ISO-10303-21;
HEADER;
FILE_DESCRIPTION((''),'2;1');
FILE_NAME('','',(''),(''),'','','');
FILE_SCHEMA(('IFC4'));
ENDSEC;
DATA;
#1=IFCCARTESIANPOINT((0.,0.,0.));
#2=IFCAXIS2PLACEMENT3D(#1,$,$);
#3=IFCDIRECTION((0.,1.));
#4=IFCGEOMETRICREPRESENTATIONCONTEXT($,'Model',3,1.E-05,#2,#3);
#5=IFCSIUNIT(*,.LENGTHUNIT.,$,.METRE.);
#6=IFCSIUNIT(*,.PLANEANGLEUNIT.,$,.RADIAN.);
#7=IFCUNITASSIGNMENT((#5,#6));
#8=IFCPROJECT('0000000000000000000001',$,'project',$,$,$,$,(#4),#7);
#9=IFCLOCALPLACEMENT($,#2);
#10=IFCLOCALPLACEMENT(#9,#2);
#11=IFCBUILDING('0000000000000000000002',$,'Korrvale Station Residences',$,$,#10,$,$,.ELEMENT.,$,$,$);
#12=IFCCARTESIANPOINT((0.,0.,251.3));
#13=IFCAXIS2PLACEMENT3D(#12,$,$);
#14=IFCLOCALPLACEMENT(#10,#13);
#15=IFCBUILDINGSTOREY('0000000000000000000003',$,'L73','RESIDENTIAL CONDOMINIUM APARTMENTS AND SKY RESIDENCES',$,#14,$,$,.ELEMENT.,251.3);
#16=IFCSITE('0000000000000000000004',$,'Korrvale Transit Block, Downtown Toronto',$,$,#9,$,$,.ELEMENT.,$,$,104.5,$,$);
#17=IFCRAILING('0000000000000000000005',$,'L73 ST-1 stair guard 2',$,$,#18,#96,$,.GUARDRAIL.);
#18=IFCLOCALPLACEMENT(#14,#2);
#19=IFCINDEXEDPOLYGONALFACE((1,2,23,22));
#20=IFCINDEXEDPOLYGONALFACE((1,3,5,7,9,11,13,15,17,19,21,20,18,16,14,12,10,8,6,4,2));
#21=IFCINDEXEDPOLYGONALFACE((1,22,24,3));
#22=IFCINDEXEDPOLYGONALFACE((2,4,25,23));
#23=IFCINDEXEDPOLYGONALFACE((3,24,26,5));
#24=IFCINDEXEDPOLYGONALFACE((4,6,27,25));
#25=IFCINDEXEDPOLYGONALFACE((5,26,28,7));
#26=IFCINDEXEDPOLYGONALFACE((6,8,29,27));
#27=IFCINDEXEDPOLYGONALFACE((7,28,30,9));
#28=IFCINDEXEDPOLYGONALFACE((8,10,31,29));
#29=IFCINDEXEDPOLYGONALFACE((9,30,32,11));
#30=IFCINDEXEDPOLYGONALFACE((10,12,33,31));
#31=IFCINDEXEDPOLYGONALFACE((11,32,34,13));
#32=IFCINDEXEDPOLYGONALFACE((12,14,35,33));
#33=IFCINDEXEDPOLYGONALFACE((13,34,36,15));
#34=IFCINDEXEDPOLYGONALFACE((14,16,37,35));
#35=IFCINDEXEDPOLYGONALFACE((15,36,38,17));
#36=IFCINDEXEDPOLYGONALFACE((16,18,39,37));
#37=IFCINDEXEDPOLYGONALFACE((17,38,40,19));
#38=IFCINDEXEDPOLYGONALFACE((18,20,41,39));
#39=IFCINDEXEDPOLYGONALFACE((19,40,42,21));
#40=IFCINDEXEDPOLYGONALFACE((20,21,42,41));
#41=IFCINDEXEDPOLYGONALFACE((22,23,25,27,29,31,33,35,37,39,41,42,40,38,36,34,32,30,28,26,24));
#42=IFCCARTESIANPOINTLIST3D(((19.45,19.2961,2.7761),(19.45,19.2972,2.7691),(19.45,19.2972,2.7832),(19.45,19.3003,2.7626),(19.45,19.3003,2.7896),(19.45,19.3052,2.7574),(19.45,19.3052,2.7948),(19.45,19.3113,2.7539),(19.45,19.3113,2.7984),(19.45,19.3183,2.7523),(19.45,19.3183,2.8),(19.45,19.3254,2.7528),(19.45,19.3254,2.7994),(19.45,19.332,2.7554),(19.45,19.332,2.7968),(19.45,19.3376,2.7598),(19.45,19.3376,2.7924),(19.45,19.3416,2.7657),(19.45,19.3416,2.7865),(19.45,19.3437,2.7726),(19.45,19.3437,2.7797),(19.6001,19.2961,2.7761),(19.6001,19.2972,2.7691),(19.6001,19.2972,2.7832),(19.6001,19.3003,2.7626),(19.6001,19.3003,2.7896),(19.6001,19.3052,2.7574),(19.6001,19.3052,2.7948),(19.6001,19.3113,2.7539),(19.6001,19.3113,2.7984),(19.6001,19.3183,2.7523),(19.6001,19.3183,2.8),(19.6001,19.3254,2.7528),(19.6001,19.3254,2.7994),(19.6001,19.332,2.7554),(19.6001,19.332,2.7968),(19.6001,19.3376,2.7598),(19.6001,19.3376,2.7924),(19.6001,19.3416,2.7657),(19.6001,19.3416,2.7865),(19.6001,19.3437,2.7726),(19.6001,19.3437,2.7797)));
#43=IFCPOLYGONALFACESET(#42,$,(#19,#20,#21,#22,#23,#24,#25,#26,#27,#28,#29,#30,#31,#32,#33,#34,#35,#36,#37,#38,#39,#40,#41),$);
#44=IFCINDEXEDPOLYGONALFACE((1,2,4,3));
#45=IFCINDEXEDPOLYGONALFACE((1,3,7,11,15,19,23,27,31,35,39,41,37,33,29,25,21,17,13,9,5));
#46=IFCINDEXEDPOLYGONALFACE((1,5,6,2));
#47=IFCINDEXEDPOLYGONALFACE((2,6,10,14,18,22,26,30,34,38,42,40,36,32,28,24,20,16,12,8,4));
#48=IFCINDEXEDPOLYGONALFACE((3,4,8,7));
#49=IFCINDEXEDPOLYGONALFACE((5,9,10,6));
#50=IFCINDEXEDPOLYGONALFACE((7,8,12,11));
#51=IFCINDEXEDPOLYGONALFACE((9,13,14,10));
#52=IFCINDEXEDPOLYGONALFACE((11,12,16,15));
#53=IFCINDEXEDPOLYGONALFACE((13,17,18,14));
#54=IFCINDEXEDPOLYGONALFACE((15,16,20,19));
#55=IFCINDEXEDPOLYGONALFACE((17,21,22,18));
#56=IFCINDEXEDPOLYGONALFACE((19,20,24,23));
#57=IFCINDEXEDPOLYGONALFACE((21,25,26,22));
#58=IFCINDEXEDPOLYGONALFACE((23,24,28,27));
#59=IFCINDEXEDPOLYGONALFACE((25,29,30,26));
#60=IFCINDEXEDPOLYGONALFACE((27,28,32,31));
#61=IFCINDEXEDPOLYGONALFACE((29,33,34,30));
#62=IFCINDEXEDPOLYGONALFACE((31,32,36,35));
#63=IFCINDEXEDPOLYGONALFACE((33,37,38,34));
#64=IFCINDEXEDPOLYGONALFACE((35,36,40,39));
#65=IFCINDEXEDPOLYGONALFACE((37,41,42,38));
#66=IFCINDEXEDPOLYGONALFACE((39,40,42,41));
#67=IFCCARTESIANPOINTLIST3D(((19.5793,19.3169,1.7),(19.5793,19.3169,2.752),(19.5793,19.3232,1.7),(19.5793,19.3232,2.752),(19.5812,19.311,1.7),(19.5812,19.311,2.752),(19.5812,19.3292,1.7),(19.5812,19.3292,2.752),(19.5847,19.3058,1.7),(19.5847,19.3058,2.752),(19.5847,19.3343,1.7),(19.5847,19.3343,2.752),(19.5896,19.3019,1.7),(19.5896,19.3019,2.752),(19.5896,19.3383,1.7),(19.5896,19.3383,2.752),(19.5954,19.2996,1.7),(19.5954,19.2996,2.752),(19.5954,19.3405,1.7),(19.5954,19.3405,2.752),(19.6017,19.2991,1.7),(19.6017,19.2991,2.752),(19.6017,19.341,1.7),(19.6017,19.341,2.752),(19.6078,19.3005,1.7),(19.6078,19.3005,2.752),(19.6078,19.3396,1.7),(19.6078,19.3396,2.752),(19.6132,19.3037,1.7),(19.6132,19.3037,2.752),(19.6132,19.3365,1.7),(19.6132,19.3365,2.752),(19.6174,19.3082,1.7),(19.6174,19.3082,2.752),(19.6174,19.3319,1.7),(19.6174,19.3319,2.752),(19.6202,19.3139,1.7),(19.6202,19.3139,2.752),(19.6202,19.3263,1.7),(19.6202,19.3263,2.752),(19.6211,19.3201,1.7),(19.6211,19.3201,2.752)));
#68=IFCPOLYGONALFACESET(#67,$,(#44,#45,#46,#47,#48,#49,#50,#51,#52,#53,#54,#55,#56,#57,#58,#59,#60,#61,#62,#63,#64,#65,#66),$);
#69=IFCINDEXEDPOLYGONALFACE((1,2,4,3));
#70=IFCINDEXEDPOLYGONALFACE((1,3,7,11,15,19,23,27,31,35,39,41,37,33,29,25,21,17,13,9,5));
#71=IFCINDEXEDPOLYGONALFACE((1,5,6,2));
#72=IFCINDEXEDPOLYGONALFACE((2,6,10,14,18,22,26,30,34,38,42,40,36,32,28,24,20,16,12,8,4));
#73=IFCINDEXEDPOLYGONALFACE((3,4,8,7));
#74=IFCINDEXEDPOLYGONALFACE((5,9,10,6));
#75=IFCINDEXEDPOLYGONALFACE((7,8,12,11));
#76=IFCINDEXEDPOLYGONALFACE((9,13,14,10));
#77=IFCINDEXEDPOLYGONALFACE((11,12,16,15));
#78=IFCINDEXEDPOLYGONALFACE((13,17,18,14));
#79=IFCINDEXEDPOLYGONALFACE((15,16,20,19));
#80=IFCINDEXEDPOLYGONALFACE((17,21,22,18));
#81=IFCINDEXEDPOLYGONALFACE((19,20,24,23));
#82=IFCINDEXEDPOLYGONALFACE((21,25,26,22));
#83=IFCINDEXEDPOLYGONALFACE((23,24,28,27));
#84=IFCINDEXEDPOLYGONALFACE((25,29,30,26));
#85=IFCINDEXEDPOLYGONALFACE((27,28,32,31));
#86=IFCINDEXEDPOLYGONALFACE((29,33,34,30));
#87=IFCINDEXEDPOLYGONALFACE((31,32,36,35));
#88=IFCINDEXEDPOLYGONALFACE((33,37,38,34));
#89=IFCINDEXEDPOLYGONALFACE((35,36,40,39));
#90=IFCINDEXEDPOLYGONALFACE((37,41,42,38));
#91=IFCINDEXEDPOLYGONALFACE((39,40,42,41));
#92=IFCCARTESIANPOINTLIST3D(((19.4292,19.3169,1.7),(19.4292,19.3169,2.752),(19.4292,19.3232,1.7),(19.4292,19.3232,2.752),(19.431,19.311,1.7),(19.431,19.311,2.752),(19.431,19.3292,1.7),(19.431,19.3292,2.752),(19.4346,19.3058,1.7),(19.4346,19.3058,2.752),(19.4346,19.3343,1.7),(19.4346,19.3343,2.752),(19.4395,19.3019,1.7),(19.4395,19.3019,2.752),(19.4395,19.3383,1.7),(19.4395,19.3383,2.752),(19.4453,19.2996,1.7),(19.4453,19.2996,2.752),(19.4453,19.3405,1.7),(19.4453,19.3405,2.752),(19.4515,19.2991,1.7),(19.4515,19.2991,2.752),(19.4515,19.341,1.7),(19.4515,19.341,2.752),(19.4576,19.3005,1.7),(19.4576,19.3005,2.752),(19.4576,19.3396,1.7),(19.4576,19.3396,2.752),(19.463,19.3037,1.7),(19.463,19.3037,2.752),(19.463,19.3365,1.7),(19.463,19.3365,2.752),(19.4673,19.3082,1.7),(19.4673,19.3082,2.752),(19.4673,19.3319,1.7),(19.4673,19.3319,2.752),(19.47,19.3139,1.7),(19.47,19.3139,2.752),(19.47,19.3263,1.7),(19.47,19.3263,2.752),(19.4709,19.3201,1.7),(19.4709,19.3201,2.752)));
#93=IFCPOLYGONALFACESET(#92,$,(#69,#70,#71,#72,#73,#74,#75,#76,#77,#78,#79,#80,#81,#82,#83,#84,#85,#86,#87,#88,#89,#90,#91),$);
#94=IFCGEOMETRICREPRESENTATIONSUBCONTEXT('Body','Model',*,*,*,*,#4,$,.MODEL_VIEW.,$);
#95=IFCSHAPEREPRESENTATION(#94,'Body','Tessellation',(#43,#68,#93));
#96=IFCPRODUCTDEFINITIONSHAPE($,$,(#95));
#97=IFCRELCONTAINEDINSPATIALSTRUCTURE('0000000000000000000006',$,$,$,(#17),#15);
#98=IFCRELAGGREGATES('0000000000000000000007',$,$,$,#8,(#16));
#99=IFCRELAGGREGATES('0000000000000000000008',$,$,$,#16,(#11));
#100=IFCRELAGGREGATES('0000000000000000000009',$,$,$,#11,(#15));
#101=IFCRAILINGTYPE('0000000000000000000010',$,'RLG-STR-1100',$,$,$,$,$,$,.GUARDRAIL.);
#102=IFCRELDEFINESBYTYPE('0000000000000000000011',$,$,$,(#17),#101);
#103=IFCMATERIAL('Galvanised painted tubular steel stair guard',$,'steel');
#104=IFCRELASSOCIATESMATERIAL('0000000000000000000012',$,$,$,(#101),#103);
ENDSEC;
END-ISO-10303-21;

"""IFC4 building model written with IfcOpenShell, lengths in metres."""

from ifc_helpers import new_model, si_unit, direction, frame, origin, origin_2d, place, context, subcontext, project, spatial, circle, extrude, material, type_object, element, save


model = new_model("IFC4")

# Units and contexts
model_context = context("Model", 3, precision=1e-05, world=origin(), true_north=direction((0.0, 1.0)))
body_context = subcontext(model_context, "Body", "Model", "MODEL_VIEW")
ifc_project = project(units=[si_unit("LENGTHUNIT", "METRE"), si_unit("PLANEANGLEUNIT", "RADIAN")], contexts=[model_context])

# Site, building, storey
site_placement = place(None, origin())
site = spatial("IfcSite", under=ifc_project, at=site_placement, Name="Korrvale Transit Block, Downtown Toronto", CompositionType="ELEMENT", RefElevation=104.5)
building_placement = place(site_placement, origin())
building = spatial("IfcBuilding", under=site, at=building_placement, Name="Korrvale Station Residences", CompositionType="ELEMENT")
storey_placement = place(building_placement, frame((0.0, 0.0, 251.3)))
storey = spatial("IfcBuildingStorey", under=building, at=storey_placement, Name="L73", Description="RESIDENTIAL CONDOMINIUM APARTMENTS AND SKY RESIDENCES", CompositionType="ELEMENT", Elevation=251.3)

# Railing
ifc_material_1 = material(Name="Galvanised painted tubular steel stair guard", Category="steel")
railing_type_1 = type_object("IfcRailingType", Name="RLG-STR-1100", PredefinedType="GUARDRAIL", material=ifc_material_1)
railing_1_placement = place(storey_placement, frame((19.6001, 19.3201, 1.7)))
element("IfcRailing", 1, at=railing_1_placement, inside=storey, type_object=railing_type_1, Name="L73 ST-1 stair guard 2", PredefinedType="GUARDRAIL", context=body_context, shape_type="SweptSolid", body=[
    extrude(circle(Radius=0.0239, at=origin_2d()), frame((0.0, 0.0, 1.0762), z_axis=(-1.0, 0.0, 0.0), x_axis=(0.0, -1.0, 0.0)), (0.0, 0.0, 1.0), 0.1501),
    extrude(circle(Radius=0.021, at=origin_2d()), origin(), (0.0, 0.0, 1.0), 1.052),
    extrude(circle(Radius=0.021, at=origin_2d()), frame((-0.1501, 0.0, 0.0)), (0.0, 0.0, 1.0), 1.052),
])

save(model, "model.ifc")
